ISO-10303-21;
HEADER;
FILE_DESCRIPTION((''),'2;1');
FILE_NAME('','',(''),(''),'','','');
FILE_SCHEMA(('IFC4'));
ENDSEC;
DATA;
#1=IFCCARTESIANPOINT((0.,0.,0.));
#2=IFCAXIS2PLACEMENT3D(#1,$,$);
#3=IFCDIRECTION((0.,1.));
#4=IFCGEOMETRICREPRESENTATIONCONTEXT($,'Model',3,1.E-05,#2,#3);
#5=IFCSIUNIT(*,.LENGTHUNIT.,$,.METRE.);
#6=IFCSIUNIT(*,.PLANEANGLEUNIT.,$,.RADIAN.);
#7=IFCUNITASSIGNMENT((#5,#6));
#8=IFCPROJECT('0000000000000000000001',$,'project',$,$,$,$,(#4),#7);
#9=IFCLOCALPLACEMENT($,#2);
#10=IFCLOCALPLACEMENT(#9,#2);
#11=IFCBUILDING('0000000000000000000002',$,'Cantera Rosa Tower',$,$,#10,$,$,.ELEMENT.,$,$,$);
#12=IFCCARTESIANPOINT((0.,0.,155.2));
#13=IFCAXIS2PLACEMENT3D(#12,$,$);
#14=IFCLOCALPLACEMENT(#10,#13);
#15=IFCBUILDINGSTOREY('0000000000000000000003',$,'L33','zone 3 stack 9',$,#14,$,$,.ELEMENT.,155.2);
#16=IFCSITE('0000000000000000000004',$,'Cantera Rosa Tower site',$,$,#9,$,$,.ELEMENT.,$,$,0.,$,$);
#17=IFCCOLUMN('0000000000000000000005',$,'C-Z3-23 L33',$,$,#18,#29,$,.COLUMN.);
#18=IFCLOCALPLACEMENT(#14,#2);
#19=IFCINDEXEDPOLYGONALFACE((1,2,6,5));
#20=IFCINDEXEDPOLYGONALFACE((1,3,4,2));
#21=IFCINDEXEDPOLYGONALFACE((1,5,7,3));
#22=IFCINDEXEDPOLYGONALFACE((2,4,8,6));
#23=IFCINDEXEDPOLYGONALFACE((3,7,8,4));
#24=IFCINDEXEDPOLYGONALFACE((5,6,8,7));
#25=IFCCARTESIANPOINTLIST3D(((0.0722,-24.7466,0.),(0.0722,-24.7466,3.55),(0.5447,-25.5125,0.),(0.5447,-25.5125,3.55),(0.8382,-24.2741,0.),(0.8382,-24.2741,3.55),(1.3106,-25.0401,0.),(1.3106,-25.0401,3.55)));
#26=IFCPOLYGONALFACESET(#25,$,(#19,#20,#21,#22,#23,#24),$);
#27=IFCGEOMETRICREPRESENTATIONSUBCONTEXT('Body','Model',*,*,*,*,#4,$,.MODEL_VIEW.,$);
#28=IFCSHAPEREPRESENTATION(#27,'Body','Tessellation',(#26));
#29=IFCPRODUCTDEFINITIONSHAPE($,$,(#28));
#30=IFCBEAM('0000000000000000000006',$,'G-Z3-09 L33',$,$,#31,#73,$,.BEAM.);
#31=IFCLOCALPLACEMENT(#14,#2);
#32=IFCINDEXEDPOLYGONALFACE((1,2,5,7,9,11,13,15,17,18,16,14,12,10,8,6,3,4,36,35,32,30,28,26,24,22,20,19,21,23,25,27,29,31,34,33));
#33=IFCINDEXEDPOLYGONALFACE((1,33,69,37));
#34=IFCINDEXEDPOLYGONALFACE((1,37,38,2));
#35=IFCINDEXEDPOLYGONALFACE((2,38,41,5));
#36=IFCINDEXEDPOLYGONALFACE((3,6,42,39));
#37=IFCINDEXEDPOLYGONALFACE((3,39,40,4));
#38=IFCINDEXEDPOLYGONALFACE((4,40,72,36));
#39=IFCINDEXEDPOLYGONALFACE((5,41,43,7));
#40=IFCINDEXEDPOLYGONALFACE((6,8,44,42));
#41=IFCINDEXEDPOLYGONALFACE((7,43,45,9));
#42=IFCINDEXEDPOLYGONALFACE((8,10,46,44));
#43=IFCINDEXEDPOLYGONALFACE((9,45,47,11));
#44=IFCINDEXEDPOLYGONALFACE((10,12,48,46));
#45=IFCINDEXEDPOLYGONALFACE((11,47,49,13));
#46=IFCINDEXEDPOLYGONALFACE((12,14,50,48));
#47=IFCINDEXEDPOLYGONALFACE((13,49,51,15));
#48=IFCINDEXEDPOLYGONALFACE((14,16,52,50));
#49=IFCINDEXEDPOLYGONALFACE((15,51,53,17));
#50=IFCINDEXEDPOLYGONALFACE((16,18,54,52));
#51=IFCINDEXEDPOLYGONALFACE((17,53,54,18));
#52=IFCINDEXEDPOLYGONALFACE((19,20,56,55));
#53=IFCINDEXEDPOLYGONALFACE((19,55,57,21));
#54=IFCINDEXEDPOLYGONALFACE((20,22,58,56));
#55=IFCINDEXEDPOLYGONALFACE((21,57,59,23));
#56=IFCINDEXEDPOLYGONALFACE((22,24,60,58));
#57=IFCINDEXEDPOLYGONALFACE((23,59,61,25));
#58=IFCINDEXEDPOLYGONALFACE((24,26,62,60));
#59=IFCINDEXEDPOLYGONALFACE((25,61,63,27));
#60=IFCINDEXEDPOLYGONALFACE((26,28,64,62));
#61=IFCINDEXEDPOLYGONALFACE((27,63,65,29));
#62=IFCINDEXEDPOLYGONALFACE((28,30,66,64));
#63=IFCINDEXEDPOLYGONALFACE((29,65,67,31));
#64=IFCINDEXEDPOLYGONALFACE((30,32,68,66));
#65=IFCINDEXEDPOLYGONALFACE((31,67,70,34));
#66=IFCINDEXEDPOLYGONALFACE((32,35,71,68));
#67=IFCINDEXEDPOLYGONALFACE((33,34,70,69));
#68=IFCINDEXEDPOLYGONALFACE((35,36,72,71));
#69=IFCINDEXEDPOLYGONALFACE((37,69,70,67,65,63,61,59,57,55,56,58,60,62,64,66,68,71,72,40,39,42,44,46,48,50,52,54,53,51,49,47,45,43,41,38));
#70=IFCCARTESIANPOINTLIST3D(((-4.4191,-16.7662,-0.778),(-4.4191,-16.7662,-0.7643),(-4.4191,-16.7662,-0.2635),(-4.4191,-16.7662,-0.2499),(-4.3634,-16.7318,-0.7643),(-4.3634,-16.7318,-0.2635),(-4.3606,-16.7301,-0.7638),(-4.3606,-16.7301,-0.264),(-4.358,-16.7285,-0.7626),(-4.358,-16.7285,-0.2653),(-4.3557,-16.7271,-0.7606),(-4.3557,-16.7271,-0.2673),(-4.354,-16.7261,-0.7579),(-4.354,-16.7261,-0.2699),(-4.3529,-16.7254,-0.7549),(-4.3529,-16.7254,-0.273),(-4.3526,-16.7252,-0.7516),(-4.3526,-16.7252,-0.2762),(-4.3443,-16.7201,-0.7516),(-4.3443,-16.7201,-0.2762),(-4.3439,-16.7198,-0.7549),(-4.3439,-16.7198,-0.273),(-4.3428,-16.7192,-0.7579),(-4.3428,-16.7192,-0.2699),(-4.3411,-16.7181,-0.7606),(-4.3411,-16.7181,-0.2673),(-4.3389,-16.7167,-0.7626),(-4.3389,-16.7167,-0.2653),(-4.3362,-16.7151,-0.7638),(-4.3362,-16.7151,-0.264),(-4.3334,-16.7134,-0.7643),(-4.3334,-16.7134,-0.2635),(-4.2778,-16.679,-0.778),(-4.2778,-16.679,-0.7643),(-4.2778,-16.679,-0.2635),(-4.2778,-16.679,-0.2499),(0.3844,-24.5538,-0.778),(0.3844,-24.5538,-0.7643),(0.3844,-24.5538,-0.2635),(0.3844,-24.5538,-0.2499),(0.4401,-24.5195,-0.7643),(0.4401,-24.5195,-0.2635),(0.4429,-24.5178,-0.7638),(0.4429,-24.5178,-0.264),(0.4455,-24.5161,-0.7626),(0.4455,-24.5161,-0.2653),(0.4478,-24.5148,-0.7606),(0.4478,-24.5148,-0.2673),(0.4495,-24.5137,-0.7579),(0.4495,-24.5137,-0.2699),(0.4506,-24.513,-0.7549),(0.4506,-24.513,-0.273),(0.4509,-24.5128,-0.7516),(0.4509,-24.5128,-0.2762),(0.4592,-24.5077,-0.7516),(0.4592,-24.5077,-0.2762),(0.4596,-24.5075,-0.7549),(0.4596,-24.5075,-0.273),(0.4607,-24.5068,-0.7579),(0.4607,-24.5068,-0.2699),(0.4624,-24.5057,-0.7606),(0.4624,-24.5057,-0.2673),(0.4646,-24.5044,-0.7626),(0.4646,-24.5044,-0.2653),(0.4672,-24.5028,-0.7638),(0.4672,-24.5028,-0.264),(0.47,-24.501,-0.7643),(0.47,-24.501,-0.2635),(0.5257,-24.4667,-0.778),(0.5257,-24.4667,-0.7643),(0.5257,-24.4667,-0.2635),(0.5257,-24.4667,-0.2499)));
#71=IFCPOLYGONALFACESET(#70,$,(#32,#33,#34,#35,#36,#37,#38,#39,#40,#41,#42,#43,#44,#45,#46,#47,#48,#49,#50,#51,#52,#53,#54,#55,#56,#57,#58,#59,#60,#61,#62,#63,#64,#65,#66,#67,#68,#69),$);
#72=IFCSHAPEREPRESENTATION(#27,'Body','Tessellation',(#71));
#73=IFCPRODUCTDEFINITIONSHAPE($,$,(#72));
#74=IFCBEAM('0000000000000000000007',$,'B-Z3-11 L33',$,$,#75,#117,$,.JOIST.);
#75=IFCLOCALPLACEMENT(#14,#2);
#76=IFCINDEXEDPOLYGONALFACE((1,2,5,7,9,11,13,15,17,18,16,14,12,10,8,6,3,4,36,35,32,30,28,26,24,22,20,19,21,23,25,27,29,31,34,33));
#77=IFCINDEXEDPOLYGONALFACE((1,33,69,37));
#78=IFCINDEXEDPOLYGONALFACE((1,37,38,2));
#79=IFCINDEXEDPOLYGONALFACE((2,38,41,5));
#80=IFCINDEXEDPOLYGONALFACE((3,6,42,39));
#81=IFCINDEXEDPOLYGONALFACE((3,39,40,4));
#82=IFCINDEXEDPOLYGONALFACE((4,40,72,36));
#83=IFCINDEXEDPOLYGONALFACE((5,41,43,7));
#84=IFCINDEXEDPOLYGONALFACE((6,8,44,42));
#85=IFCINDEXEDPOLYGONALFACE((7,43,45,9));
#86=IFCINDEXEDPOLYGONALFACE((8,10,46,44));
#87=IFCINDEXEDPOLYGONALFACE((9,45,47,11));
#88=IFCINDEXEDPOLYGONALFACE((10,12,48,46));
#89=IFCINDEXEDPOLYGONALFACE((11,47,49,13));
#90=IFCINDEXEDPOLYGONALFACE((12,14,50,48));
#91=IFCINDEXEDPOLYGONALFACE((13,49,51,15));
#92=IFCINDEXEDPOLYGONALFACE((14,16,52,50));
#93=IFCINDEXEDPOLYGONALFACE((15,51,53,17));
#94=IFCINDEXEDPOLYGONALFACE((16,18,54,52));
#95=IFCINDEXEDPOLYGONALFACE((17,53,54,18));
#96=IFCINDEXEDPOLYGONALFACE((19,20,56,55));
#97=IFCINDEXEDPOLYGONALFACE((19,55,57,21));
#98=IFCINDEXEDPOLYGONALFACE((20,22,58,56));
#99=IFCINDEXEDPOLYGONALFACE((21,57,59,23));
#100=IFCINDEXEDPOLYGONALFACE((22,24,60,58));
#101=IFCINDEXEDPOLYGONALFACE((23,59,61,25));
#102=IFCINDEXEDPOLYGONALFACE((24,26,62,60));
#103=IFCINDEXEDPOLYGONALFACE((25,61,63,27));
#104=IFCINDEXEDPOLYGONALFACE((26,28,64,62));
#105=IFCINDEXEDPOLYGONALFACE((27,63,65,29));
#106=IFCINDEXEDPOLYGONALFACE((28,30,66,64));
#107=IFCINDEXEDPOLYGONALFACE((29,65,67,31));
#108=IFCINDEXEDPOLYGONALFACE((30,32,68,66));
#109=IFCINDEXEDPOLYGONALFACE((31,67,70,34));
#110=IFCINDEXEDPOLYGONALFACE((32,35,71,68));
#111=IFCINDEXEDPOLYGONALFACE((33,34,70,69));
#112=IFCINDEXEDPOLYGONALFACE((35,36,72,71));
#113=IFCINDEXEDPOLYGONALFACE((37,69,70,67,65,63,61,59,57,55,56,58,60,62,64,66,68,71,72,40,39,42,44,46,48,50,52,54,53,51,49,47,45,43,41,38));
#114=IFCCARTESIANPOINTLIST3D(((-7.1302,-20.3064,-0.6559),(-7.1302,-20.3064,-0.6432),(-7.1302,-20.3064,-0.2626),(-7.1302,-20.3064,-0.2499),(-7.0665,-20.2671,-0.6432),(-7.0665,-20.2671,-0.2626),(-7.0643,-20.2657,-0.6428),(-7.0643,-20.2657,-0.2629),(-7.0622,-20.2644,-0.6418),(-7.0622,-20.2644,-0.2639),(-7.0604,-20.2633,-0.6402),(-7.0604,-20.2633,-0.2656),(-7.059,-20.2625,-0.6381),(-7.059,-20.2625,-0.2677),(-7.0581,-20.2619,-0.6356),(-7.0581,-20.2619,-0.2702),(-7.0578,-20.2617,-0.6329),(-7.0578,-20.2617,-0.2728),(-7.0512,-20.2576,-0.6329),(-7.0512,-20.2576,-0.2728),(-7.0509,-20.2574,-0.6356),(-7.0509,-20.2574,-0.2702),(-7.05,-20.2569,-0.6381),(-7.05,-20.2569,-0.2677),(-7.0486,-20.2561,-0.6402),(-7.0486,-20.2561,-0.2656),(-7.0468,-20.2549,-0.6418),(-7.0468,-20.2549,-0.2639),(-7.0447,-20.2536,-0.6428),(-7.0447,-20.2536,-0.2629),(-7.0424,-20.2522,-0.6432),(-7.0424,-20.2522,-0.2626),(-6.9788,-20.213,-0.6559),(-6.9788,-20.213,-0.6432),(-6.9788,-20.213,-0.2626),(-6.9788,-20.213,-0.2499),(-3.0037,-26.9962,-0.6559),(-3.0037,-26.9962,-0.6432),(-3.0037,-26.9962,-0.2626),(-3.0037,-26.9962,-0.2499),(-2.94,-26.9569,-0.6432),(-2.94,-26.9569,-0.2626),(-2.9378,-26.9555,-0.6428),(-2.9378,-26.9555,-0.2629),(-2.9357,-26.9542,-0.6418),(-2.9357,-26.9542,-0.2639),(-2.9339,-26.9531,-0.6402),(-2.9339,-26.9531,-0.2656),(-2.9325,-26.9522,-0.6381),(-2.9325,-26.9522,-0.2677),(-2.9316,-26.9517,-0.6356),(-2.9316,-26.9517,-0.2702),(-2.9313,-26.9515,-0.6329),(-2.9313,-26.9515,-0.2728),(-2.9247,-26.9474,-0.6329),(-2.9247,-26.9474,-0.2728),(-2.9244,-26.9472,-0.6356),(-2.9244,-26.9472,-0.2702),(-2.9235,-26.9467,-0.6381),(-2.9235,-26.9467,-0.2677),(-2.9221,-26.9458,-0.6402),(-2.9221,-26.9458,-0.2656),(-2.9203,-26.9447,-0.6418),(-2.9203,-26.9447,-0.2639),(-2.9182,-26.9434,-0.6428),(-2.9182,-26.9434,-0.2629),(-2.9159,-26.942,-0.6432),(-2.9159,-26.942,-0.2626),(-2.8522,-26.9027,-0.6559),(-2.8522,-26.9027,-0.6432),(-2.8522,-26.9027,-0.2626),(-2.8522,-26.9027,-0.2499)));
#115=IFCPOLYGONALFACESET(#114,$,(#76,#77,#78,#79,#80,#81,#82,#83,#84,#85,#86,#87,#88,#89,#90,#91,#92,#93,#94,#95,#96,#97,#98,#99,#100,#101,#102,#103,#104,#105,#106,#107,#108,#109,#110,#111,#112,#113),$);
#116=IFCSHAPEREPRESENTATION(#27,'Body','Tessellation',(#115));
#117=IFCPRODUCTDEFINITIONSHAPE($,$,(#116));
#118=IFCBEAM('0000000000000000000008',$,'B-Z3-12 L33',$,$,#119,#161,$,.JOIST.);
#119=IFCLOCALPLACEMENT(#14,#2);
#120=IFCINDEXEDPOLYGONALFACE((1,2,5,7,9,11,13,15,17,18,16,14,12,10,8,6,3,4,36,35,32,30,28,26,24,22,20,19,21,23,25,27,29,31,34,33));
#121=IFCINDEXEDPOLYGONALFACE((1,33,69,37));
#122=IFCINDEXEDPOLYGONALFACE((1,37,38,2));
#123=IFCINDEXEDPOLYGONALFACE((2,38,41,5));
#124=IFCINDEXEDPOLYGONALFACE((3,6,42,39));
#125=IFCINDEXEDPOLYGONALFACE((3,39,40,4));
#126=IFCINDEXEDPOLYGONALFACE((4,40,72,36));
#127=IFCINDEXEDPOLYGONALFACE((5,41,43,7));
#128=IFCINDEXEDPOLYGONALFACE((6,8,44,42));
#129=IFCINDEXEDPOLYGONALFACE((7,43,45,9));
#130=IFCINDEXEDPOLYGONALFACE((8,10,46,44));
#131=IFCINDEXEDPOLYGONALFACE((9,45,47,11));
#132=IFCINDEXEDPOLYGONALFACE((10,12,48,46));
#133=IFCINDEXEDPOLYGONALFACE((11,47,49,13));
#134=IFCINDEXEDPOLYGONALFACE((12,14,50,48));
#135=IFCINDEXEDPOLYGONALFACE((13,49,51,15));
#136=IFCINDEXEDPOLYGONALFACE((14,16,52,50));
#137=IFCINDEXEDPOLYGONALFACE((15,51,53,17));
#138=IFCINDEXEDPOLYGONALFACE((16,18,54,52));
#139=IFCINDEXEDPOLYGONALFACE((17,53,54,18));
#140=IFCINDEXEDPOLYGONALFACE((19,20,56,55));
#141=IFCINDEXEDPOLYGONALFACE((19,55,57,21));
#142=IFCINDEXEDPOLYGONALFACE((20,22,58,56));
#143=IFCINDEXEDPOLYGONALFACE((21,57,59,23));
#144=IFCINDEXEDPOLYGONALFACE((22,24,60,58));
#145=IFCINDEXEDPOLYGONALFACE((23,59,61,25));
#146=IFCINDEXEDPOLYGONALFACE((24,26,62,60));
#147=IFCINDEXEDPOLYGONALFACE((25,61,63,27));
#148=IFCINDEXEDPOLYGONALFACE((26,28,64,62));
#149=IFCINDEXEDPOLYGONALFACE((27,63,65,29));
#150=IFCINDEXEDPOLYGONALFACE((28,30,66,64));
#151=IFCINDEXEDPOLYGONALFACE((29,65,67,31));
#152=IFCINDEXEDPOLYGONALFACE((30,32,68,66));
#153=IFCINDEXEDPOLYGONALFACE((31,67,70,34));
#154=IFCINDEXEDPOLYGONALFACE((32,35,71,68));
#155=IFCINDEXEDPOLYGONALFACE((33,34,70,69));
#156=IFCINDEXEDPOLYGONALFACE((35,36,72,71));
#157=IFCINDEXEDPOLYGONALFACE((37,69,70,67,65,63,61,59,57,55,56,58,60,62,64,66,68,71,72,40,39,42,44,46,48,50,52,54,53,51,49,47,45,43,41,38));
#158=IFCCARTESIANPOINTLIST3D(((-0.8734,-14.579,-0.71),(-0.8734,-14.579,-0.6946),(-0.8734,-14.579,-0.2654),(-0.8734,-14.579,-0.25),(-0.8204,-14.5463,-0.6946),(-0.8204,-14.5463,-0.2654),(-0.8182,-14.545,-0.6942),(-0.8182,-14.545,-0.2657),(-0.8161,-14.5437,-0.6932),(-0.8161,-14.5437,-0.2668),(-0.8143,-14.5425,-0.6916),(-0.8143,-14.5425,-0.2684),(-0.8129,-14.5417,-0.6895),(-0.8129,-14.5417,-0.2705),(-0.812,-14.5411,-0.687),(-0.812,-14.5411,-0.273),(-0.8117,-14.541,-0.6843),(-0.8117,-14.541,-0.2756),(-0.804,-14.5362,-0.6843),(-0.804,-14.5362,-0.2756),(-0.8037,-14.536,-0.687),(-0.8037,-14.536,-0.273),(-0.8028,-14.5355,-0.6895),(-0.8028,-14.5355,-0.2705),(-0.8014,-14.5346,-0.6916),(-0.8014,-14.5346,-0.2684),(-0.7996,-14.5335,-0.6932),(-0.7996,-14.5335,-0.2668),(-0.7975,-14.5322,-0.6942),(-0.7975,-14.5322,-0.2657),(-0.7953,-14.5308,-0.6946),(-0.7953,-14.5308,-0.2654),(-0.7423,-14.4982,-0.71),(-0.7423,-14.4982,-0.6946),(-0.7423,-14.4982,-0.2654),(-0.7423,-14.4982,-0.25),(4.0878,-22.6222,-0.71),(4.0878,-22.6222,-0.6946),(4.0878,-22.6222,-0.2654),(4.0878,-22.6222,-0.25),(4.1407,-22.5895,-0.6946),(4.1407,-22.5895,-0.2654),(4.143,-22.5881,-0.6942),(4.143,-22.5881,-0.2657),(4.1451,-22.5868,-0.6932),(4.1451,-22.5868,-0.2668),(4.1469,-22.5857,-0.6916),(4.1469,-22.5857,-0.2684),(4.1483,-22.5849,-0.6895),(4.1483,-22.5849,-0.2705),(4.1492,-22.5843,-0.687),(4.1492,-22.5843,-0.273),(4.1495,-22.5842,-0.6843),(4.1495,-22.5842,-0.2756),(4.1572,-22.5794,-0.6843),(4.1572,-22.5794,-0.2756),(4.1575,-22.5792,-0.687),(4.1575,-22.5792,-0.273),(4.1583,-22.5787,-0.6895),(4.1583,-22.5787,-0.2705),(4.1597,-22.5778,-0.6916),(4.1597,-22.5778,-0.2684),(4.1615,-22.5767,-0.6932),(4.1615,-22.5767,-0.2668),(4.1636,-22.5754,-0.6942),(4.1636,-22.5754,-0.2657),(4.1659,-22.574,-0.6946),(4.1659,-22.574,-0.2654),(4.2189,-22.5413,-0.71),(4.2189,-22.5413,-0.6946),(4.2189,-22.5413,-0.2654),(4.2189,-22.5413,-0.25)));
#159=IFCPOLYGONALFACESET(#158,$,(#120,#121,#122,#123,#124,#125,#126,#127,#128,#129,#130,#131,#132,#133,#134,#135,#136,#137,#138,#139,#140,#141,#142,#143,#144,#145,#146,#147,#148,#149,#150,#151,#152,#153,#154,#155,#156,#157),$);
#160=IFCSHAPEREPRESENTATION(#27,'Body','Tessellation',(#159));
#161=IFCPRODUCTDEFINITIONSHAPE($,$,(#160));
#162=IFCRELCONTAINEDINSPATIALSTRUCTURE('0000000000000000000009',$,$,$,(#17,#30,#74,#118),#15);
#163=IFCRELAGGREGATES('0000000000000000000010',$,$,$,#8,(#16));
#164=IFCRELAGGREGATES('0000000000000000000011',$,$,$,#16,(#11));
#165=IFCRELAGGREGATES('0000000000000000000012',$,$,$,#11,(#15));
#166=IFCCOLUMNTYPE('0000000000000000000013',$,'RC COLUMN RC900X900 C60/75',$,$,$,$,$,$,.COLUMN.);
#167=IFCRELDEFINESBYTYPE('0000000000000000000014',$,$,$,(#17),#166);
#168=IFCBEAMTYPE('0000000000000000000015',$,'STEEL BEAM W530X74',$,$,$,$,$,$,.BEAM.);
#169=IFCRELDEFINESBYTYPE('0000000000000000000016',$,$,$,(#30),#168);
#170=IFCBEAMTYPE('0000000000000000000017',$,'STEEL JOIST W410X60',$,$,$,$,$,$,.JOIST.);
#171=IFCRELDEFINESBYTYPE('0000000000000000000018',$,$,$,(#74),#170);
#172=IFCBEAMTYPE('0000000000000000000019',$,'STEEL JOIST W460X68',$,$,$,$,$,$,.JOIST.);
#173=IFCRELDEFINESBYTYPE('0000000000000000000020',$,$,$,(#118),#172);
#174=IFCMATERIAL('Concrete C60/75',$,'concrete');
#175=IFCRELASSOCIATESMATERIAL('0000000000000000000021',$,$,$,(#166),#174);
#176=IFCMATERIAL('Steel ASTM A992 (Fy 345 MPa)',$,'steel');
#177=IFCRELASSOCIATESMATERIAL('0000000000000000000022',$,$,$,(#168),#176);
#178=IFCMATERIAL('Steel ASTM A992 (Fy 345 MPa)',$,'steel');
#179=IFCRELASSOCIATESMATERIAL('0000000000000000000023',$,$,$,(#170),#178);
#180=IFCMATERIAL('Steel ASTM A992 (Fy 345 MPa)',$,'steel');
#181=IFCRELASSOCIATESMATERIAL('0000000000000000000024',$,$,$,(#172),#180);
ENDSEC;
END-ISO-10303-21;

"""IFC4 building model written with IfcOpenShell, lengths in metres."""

from ifc_helpers import new_model, si_unit, direction, frame, origin, origin_2d, place, context, subcontext, project, spatial, rectangle, i_section, extrude, material, material_profile, profile_set, type_object, element, save


model = new_model("IFC4")

# Units and contexts
model_context = context("Model", 3, precision=1e-05, world=origin(), true_north=direction((0.0, 1.0)))
body_context = subcontext(model_context, "Body", "Model", "MODEL_VIEW")
ifc_project = project(units=[si_unit("LENGTHUNIT", "METRE"), si_unit("PLANEANGLEUNIT", "RADIAN")], contexts=[model_context])

# Site, building, storey
site_placement = place(None, origin())
site = spatial("IfcSite", under=ifc_project, at=site_placement, Name="Cantera Rosa Tower site", CompositionType="ELEMENT", RefElevation=0.0)
building_placement = place(site_placement, origin())
building = spatial("IfcBuilding", under=site, at=building_placement, Name="Cantera Rosa Tower", CompositionType="ELEMENT")
storey_placement = place(building_placement, frame((0.0, 0.0, 155.2)))
storey = spatial("IfcBuildingStorey", under=building, at=storey_placement, Name="L33", Description="zone 3 stack 9", CompositionType="ELEMENT", Elevation=155.2)

# Column
ifc_material_1 = material(Name="Concrete C60/75", Category="concrete")
ifc_material_profile_1 = material_profile(ifc_material_1, rectangle(XDim=0.8999, YDim=0.8999, at=origin_2d()), Name="RC COLUMN RC900X900 C60/75")
ifc_profile_set_1 = profile_set([ifc_material_profile_1], Name="Concrete C60/75")
column_type = type_object("IfcColumnType", Name="RC COLUMN RC900X900 C60/75", PredefinedType="COLUMN", material=ifc_profile_set_1)
column_placement = place(storey_placement, frame((0.6914, -24.8933, 0.0), z_axis=(0.0, 0.0, 1.0), x_axis=(0.851117, 0.524977, 0.0)))
element("IfcColumn", 1, at=column_placement, inside=storey, type_object=column_type, Name="C-Z3-23 L33", PredefinedType="COLUMN", context=body_context, shape_type="SweptSolid", body=[
    extrude(rectangle(XDim=0.8999, YDim=0.8999, at=origin_2d()), origin(), (0.0, 0.0, 1.0), 3.55),
])

# Beams
ifc_material_2 = material(Name="Steel ASTM A992 (Fy 345 MPa)", Category="steel")
ifc_material_profile_2 = material_profile(ifc_material_2, i_section(OverallWidth=0.166, OverallDepth=0.5281, WebThickness=0.0098, FlangeThickness=0.0137, FilletRadius=0.0127, at=origin_2d()), Name="W530X74")
ifc_profile_set_2 = profile_set([ifc_material_profile_2], Name="Steel ASTM A992 (Fy 345 MPa)")
beam_type_1 = type_object("IfcBeamType", Name="STEEL BEAM W530X74", PredefinedType="BEAM", material=ifc_profile_set_2)
beam_1_placement = place(storey_placement, frame((0.4551, -24.5103, -0.5139), z_axis=(-0.524977, 0.851116, 0.0), x_axis=(-0.851116, -0.524977, 0.0)))
element("IfcBeam", 2, at=beam_1_placement, inside=storey, type_object=beam_type_1, Name="G-Z3-09 L33", PredefinedType="BEAM", context=body_context, shape_type="SweptSolid", body=[
    extrude(i_section(OverallWidth=0.166, OverallDepth=0.5281, WebThickness=0.0098, FlangeThickness=0.0137, FilletRadius=0.0127, at=origin_2d()), origin(), (0.0, 0.0, 1.0), 9.1499),
])
ifc_material_3 = material(Name="Steel ASTM A992 (Fy 345 MPa)", Category="steel")
ifc_material_profile_3 = material_profile(ifc_material_3, i_section(OverallWidth=0.178, OverallDepth=0.406, WebThickness=0.0078, FlangeThickness=0.0127, FilletRadius=0.0103, at=origin_2d()), Name="W410X60")
ifc_profile_set_3 = profile_set([ifc_material_profile_3], Name="Steel ASTM A992 (Fy 345 MPa)")
beam_type_2 = type_object("IfcBeamType", Name="STEEL JOIST W410X60", PredefinedType="JOIST", material=ifc_profile_set_3)
beam_2_placement = place(storey_placement, frame((-2.928, -26.9495, -0.4529), z_axis=(-0.524995, 0.851105, 0.0), x_axis=(-0.851105, -0.524995, 0.0)))
element("IfcBeam", 3, at=beam_2_placement, inside=storey, type_object=beam_type_2, Name="B-Z3-11 L33", PredefinedType="JOIST", context=body_context, shape_type="SweptSolid", body=[
    extrude(i_section(OverallWidth=0.178, OverallDepth=0.406, WebThickness=0.0078, FlangeThickness=0.0127, FilletRadius=0.0103, at=origin_2d()), origin(), (0.0, 0.0, 1.0), 7.8601),
])
ifc_material_4 = material(Name="Steel ASTM A992 (Fy 345 MPa)", Category="steel")
ifc_material_profile_4 = material_profile(ifc_material_4, i_section(OverallWidth=0.1541, OverallDepth=0.46, WebThickness=0.009, FlangeThickness=0.0154, FilletRadius=0.0103, at=origin_2d()), Name="W460X68")
ifc_profile_set_4 = profile_set([ifc_material_profile_4], Name="Steel ASTM A992 (Fy 345 MPa)")
beam_type_3 = type_object("IfcBeamType", Name="STEEL JOIST W460X68", PredefinedType="JOIST", material=ifc_profile_set_4)
beam_3_placement = place(storey_placement, frame((4.1533, -22.5818, -0.48), z_axis=(-0.524981, 0.851114, 0.0), x_axis=(-0.851114, -0.524981, 0.0)))
element("IfcBeam", 4, at=beam_3_placement, inside=storey, type_object=beam_type_3, Name="B-Z3-12 L33", PredefinedType="JOIST", context=body_context, shape_type="SweptSolid", body=[
    extrude(i_section(OverallWidth=0.1541, OverallDepth=0.46, WebThickness=0.009, FlangeThickness=0.0154, FilletRadius=0.0103, at=origin_2d()), origin(), (0.0, 0.0, 1.0), 9.4502),
])

save(model, "model.ifc")
